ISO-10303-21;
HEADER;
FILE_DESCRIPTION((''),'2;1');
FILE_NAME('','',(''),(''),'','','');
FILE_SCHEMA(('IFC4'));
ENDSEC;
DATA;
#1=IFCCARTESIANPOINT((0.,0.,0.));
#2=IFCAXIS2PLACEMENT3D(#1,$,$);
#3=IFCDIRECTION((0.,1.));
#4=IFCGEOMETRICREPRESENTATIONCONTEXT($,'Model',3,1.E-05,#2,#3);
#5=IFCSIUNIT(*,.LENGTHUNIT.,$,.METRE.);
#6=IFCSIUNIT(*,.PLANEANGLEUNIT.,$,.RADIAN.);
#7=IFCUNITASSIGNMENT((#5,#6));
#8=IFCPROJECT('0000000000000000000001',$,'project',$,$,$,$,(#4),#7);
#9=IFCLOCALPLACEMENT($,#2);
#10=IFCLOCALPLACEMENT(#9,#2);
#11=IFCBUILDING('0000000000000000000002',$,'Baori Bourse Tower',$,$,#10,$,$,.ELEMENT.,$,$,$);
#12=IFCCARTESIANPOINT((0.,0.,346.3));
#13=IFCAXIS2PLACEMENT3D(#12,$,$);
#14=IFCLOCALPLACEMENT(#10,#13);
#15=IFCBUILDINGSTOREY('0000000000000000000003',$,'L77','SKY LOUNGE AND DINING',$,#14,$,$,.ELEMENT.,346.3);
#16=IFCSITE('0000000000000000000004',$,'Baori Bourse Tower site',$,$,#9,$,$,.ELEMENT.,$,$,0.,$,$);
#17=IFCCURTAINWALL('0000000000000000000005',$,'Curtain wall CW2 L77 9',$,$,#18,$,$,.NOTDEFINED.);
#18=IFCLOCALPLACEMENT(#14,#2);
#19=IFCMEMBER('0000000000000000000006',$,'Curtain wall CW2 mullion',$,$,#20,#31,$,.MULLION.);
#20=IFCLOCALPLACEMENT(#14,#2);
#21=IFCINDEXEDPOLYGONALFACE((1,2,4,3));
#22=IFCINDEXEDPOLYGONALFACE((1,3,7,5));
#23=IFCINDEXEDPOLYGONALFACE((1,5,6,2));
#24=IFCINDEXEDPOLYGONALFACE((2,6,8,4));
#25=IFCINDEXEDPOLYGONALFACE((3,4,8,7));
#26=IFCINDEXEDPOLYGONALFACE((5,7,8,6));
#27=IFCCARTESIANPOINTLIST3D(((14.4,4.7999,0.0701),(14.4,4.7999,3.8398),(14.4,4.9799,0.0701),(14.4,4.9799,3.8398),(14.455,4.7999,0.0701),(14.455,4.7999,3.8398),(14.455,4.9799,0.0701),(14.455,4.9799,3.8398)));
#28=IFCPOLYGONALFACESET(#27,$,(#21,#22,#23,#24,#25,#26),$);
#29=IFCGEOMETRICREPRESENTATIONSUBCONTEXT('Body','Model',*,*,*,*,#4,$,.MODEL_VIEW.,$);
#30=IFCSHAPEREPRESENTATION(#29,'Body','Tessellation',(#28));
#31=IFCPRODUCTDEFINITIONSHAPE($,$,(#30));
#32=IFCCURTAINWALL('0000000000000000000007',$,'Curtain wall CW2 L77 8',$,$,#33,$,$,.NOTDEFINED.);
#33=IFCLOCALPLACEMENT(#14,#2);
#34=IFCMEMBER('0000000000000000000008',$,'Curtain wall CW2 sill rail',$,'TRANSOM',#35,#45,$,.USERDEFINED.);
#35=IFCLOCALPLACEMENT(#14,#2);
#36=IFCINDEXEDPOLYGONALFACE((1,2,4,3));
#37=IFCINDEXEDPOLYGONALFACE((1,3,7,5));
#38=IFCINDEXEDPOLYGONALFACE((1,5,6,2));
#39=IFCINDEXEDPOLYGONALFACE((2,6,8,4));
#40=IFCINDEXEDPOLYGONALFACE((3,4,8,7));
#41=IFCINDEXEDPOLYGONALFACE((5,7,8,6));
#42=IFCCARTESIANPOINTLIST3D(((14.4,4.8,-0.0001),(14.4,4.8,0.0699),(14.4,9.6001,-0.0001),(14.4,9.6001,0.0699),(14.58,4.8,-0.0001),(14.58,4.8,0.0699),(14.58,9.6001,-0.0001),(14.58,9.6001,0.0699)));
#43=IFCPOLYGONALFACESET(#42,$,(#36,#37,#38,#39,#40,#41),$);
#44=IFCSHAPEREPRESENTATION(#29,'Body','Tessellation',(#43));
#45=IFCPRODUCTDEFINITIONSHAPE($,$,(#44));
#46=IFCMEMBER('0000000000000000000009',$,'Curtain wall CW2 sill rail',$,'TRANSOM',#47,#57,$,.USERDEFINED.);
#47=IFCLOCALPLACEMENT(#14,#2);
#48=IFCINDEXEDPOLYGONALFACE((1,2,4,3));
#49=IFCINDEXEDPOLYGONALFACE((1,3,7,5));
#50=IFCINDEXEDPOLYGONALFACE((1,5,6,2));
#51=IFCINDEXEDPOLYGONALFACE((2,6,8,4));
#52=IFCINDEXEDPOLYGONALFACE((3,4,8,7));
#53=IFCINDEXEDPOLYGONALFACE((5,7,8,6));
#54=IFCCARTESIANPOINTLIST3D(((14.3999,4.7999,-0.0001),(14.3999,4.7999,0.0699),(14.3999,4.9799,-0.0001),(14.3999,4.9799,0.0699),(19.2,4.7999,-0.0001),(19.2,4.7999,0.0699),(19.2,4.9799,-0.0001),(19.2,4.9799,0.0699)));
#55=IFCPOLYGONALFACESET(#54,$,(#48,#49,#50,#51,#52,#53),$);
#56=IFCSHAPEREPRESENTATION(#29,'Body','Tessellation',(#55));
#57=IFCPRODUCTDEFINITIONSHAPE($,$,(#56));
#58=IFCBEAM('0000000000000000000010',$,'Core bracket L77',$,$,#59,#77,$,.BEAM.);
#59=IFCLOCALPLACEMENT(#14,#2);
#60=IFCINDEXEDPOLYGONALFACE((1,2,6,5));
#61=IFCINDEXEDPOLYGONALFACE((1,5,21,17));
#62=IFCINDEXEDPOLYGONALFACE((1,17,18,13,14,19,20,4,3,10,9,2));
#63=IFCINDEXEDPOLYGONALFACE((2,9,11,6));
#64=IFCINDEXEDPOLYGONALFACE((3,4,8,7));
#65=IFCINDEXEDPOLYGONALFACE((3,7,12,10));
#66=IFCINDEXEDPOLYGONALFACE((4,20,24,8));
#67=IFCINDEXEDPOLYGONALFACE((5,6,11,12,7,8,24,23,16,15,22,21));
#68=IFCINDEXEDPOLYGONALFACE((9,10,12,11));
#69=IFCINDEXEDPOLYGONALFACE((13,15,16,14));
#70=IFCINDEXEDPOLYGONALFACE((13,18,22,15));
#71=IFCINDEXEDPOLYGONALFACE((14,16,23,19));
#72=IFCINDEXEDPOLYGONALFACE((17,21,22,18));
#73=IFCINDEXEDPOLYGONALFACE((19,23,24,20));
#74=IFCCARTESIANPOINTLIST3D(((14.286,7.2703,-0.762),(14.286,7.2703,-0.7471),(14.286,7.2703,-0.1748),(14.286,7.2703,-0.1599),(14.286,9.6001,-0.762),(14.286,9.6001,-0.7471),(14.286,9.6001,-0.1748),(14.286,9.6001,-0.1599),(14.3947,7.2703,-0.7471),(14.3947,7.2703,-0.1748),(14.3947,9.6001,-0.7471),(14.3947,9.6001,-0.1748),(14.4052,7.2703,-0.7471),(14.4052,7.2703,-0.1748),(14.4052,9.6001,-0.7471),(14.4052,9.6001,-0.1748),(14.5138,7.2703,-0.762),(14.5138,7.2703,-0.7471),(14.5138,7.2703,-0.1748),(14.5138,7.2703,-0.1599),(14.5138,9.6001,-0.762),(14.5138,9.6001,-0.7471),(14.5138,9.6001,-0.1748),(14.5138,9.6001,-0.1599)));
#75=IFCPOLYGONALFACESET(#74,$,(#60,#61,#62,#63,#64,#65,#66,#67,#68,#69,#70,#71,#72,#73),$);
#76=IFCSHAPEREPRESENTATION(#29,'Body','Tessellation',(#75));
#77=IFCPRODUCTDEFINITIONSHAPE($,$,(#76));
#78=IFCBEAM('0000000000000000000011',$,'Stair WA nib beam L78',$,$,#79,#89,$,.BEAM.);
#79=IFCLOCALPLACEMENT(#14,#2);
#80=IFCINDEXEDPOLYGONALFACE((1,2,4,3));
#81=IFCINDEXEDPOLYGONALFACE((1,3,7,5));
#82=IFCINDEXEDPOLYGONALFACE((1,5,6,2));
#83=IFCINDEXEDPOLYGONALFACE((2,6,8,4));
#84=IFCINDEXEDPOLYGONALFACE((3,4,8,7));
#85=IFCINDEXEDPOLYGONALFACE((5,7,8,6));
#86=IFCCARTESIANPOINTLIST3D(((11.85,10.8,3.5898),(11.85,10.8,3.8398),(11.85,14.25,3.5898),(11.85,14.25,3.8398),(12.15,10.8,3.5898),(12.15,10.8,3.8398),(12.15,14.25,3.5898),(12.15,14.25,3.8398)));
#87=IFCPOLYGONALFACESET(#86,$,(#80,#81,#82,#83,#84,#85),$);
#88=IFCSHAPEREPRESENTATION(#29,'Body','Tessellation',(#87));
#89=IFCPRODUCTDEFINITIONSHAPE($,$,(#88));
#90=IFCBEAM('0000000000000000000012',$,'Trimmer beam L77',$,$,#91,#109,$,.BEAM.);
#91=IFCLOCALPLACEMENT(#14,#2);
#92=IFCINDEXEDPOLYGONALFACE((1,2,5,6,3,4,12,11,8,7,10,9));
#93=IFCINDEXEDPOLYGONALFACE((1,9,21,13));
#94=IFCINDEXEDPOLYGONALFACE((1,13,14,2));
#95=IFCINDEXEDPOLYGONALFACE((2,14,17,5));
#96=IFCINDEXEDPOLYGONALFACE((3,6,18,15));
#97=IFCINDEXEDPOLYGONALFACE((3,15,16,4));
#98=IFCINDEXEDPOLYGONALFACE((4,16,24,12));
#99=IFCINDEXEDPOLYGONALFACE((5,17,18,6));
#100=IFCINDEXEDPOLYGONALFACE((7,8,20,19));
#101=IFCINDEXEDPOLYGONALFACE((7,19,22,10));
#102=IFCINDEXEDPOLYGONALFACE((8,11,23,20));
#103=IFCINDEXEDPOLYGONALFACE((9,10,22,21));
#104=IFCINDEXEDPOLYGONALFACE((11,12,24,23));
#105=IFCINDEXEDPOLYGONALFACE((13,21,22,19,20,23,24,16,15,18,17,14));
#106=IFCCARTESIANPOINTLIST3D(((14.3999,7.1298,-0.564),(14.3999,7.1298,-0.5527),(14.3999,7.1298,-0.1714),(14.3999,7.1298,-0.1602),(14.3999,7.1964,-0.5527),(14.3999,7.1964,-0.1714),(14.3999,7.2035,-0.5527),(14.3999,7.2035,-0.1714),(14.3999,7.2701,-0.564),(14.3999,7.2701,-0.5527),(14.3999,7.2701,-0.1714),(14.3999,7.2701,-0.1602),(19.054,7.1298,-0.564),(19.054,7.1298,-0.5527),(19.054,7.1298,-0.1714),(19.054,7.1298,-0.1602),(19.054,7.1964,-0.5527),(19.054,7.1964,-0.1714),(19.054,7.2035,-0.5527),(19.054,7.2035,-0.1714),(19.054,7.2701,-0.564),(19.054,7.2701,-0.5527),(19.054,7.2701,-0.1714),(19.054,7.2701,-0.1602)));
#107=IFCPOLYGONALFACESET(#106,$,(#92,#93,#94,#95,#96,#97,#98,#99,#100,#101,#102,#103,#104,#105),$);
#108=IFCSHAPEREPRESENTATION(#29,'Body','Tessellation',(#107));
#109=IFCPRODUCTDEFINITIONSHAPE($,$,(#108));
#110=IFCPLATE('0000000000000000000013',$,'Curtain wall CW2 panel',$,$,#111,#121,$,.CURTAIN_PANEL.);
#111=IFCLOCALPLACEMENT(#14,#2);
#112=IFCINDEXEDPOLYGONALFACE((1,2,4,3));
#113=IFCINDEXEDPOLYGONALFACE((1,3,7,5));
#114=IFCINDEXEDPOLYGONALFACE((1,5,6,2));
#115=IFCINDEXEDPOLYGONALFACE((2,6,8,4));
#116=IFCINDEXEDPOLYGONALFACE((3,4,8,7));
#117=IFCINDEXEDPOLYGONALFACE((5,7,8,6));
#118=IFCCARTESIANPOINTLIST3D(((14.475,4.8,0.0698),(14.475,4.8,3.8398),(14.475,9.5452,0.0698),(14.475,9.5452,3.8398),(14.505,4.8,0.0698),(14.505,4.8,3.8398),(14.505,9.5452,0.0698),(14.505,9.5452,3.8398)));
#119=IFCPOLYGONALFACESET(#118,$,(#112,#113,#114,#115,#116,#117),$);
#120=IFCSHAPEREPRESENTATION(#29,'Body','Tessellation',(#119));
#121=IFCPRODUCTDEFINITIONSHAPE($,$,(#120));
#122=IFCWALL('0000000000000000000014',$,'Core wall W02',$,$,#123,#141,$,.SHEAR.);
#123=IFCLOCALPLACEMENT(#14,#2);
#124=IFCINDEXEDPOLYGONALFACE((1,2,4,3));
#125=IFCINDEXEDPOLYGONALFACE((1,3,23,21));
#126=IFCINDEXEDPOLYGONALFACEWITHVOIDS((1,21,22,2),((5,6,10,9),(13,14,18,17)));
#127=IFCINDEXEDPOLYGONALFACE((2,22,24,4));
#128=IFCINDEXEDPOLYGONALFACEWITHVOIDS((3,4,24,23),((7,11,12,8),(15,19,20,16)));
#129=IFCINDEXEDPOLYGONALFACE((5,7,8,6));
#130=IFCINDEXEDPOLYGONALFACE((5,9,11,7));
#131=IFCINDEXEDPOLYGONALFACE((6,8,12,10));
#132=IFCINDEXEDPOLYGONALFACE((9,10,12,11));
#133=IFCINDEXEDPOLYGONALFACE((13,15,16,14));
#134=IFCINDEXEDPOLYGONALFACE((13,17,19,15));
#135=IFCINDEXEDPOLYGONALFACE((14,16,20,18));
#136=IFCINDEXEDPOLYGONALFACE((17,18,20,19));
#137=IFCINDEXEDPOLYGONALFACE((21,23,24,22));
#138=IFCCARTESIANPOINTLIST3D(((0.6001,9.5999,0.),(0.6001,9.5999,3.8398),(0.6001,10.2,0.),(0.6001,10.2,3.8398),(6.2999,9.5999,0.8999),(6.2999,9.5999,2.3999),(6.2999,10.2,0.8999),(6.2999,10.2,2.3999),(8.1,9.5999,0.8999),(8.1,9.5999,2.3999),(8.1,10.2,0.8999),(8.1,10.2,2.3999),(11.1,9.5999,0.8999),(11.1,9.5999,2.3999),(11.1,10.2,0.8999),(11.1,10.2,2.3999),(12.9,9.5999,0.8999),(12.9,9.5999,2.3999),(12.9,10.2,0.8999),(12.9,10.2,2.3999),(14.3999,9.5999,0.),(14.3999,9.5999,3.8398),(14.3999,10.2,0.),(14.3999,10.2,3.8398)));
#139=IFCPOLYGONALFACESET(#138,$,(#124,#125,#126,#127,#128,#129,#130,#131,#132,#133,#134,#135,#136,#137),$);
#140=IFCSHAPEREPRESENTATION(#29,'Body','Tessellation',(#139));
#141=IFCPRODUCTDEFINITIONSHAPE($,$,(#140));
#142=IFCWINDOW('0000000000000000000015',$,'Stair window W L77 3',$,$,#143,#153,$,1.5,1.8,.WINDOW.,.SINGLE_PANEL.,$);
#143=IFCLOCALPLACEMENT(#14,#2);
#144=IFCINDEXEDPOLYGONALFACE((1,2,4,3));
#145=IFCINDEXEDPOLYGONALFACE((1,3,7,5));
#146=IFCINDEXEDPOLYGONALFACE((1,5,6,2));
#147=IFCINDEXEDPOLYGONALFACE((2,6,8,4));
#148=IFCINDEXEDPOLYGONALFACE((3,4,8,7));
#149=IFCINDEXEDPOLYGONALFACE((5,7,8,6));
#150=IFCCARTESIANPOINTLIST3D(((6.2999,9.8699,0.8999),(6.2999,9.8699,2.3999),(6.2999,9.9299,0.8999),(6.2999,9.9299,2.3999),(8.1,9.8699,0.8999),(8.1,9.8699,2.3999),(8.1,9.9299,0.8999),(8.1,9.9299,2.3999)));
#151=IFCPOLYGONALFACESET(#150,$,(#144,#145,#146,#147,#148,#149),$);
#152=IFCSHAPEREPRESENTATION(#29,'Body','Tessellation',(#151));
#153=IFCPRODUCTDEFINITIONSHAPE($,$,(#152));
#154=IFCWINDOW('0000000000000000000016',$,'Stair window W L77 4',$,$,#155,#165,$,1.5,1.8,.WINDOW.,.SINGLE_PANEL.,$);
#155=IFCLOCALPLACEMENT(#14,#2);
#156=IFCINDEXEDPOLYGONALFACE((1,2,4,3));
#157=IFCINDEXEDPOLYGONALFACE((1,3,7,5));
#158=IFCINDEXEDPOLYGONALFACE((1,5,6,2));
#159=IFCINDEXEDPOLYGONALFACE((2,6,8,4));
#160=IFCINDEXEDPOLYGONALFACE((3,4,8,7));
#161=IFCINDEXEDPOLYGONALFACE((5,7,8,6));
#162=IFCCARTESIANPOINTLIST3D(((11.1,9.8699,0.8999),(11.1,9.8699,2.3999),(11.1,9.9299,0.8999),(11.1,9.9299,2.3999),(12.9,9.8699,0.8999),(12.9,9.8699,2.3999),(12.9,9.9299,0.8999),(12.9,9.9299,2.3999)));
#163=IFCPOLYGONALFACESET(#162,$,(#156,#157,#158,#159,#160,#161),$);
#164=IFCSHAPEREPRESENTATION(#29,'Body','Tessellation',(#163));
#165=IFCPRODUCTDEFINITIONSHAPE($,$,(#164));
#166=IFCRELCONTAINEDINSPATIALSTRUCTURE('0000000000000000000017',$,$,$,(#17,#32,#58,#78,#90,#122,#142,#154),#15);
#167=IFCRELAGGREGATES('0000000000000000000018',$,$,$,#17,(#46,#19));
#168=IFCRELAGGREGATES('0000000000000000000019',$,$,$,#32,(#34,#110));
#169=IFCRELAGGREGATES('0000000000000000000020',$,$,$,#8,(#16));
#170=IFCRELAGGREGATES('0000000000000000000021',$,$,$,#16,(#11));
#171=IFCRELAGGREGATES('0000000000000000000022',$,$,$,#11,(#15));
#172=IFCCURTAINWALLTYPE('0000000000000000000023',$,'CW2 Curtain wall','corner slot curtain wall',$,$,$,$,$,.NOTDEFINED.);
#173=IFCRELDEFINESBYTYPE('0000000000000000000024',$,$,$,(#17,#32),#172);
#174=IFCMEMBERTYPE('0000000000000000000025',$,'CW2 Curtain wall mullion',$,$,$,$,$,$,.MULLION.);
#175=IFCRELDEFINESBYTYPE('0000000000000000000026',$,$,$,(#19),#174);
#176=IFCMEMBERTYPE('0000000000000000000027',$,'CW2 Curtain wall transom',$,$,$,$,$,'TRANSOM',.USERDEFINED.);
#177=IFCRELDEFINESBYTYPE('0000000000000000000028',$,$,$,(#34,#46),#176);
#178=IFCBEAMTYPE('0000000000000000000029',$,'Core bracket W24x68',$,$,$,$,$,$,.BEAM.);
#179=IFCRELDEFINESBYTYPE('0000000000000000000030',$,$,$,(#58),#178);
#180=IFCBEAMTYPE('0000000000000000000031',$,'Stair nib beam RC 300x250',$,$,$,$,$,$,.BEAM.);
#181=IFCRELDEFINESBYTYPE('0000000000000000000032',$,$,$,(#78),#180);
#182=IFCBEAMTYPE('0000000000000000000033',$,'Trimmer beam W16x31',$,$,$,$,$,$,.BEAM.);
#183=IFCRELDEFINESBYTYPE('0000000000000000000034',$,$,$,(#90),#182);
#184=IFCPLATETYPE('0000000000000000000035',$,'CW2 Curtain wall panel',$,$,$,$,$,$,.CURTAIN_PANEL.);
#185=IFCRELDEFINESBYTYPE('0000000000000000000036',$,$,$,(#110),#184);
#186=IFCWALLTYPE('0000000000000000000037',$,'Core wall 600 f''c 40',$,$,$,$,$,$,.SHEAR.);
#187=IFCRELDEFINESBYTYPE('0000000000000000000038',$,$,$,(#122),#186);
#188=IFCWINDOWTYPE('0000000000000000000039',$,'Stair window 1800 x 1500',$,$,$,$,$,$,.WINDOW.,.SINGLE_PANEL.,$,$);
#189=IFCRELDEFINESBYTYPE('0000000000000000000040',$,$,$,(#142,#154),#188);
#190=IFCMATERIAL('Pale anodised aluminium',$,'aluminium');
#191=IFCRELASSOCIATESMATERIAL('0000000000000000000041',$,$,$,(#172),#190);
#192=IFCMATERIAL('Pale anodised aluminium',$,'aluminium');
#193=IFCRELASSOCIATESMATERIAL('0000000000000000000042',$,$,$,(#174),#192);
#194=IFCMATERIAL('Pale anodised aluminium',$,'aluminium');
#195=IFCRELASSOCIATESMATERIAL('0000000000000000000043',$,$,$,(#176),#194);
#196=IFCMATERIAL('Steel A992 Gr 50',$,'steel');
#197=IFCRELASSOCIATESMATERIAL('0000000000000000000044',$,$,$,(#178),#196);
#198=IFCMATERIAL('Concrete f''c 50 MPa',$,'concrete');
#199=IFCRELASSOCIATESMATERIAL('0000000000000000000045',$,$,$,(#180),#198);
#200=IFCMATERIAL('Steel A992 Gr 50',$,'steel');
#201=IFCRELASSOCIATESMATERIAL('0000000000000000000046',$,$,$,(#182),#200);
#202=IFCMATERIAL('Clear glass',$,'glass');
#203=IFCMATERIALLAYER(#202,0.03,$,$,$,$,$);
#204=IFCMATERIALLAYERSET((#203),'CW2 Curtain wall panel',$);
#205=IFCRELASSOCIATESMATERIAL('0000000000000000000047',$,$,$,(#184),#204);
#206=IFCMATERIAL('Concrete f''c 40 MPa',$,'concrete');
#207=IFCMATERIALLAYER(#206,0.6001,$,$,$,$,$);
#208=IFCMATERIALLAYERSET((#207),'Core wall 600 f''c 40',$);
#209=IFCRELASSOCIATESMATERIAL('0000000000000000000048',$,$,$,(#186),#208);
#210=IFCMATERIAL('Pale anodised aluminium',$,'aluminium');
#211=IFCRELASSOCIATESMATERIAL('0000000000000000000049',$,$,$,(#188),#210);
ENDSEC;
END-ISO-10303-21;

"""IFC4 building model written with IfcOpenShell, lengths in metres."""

from ifc_helpers import new_model, si_unit, direction, frame, frame_2d, origin, origin_2d, place, context, subcontext, project, spatial, rectangle, i_section, extrude, material, layer, layer_set, material_profile, profile_set, type_object, element, fill, aggregate, save


model = new_model("IFC4")

# Units and contexts
model_context = context("Model", 3, precision=1e-05, world=origin(), true_north=direction((0.0, 1.0)))
body_context = subcontext(model_context, "Body", "Model", "MODEL_VIEW")
ifc_project = project(units=[si_unit("LENGTHUNIT", "METRE"), si_unit("PLANEANGLEUNIT", "RADIAN")], contexts=[model_context])

# Site, building, storey
site_placement = place(None, origin())
site = spatial("IfcSite", under=ifc_project, at=site_placement, Name="Baori Bourse Tower site", CompositionType="ELEMENT", RefElevation=0.0)
building_placement = place(site_placement, origin())
building = spatial("IfcBuilding", under=site, at=building_placement, Name="Baori Bourse Tower", CompositionType="ELEMENT")
storey_placement = place(building_placement, frame((0.0, 0.0, 346.3)))
storey = spatial("IfcBuildingStorey", under=building, at=storey_placement, Name="L77", Description="SKY LOUNGE AND DINING", CompositionType="ELEMENT", Elevation=346.3)

# Curtain walls, members
ifc_material_1 = material(Name="Pale anodised aluminium", Category="aluminium")
curtain_wall_type = type_object("IfcCurtainWallType", Name="CW2 Curtain wall", Description="corner slot curtain wall", PredefinedType="NOTDEFINED", material=ifc_material_1)
curtain_wall_1_placement = place(storey_placement, origin())
curtain_wall_1 = element("IfcCurtainWall", 1, at=curtain_wall_1_placement, inside=storey, type_object=curtain_wall_type, Name="Curtain wall CW2 L77 9", PredefinedType="NOTDEFINED")
ifc_material_2 = material(Name="Pale anodised aluminium", Category="aluminium")
ifc_material_profile_1 = material_profile(ifc_material_2, rectangle(XDim=0.1799, YDim=0.0549, at=origin_2d()), Name="Mullion 55x180")
ifc_profile_set_1 = profile_set([ifc_material_profile_1], Name="Pale anodised aluminium")
member_type_1 = type_object("IfcMemberType", Name="CW2 Curtain wall mullion", PredefinedType="MULLION", material=ifc_profile_set_1)
member_1_placement = place(storey_placement, frame((14.4275, 4.8899, 0.0701), z_axis=(0.0, 0.0, 1.0), x_axis=(0.0, 1.0, 0.0)))
member_1 = element("IfcMember", 2, at=member_1_placement, type_object=member_type_1, Name="Curtain wall CW2 mullion", PredefinedType="MULLION", context=body_context, shape_type="SweptSolid", body=[
    extrude(rectangle(XDim=0.1799, YDim=0.0549, at=origin_2d()), origin(), (0.0, 0.0, 1.0), 3.7698),
])
curtain_wall_2_placement = place(storey_placement, origin())
curtain_wall_2 = element("IfcCurtainWall", 3, at=curtain_wall_2_placement, inside=storey, type_object=curtain_wall_type, Name="Curtain wall CW2 L77 8", PredefinedType="NOTDEFINED")
ifc_material_3 = material(Name="Pale anodised aluminium", Category="aluminium")
ifc_material_profile_2 = material_profile(ifc_material_3, rectangle(XDim=0.1799, YDim=0.0701, at=origin_2d()), Name="Transom 70x180")
ifc_profile_set_2 = profile_set([ifc_material_profile_2], Name="Pale anodised aluminium")
member_type_2 = type_object("IfcMemberType", Name="CW2 Curtain wall transom", ElementType="TRANSOM", PredefinedType="USERDEFINED", material=ifc_profile_set_2)
member_2_placement = place(storey_placement, frame((14.49, 9.6001, 0.0349), z_axis=(0.0, -1.0, 0.0), x_axis=(1.0, 0.0, 0.0)))
member_2 = element("IfcMember", 4, at=member_2_placement, type_object=member_type_2, Name="Curtain wall CW2 sill rail", ObjectType="TRANSOM", PredefinedType="USERDEFINED", context=body_context, shape_type="SweptSolid", body=[
    extrude(rectangle(XDim=0.1799, YDim=0.0701, at=origin_2d()), origin(), (0.0, 0.0, 1.0), 4.8),
])

# Member
member_3_placement = place(storey_placement, frame((14.3999, 4.8899, 0.0349), z_axis=(1.0, 0.0, 0.0), x_axis=(0.0, 1.0, 0.0)))
member_3 = element("IfcMember", 5, at=member_3_placement, type_object=member_type_2, Name="Curtain wall CW2 sill rail", ObjectType="TRANSOM", PredefinedType="USERDEFINED", context=body_context, shape_type="SweptSolid", body=[
    extrude(rectangle(XDim=0.1799, YDim=0.0701, at=origin_2d()), origin(), (0.0, 0.0, 1.0), 4.8),
])
aggregate(curtain_wall_1, [member_3, member_1])

# Beams
ifc_material_4 = material(Name="Steel A992 Gr 50", Category="steel")
ifc_material_profile_3 = material_profile(ifc_material_4, i_section(OverallWidth=0.2278, OverallDepth=0.6021, WebThickness=0.0105, FlangeThickness=0.0149, at=origin_2d()), Name="W24x68")
ifc_profile_set_3 = profile_set([ifc_material_profile_3], Name="Steel A992 Gr 50")
beam_type_1 = type_object("IfcBeamType", Name="Core bracket W24x68", PredefinedType="BEAM", material=ifc_profile_set_3)
beam_1_placement = place(storey_placement, frame((14.3999, 7.2703, -0.4609), z_axis=(0.0, 1.0, 0.0), x_axis=(-1.0, 0.0, 0.0)))
element("IfcBeam", 6, at=beam_1_placement, inside=storey, type_object=beam_type_1, Name="Core bracket L77", PredefinedType="BEAM", context=body_context, shape_type="SweptSolid", body=[
    extrude(i_section(OverallWidth=0.2278, OverallDepth=0.6021, WebThickness=0.0105, FlangeThickness=0.0149, at=origin_2d()), origin(), (0.0, 0.0, 1.0), 2.3298),
])
ifc_material_5 = material(Name="Concrete f'c 50 MPa", Category="concrete")
ifc_material_profile_4 = material_profile(ifc_material_5, rectangle(XDim=0.3, YDim=0.25, at=origin_2d()), Name="RC 300x250")
ifc_profile_set_4 = profile_set([ifc_material_profile_4], Name="Concrete f'c 50 MPa")
beam_type_2 = type_object("IfcBeamType", Name="Stair nib beam RC 300x250", PredefinedType="BEAM", material=ifc_profile_set_4)
beam_2_placement = place(storey_placement, frame((12.0, 10.8, 3.7148), z_axis=(0.0, 1.0, 0.0), x_axis=(-1.0, 0.0, 0.0)))
element("IfcBeam", 7, at=beam_2_placement, inside=storey, type_object=beam_type_2, Name="Stair WA nib beam L78", PredefinedType="BEAM", context=body_context, shape_type="SweptSolid", body=[
    extrude(rectangle(XDim=0.3, YDim=0.25, at=origin_2d()), origin(), (0.0, 0.0, 1.0), 3.45),
])
ifc_material_6 = material(Name="Steel A992 Gr 50", Category="steel")
ifc_material_profile_5 = material_profile(ifc_material_6, i_section(OverallWidth=0.1404, OverallDepth=0.4038, WebThickness=0.0071, FlangeThickness=0.0112, at=origin_2d()), Name="W16x31")
ifc_profile_set_5 = profile_set([ifc_material_profile_5], Name="Steel A992 Gr 50")
beam_type_3 = type_object("IfcBeamType", Name="Trimmer beam W16x31", PredefinedType="BEAM", material=ifc_profile_set_5)
beam_3_placement = place(storey_placement, frame((14.3999, 7.2, -0.3621), z_axis=(1.0, 0.0, 0.0), x_axis=(0.0, 1.0, 0.0)))
element("IfcBeam", 8, at=beam_3_placement, inside=storey, type_object=beam_type_3, Name="Trimmer beam L77", PredefinedType="BEAM", context=body_context, shape_type="SweptSolid", body=[
    extrude(i_section(OverallWidth=0.1404, OverallDepth=0.4038, WebThickness=0.0071, FlangeThickness=0.0112, at=origin_2d()), origin(), (0.0, 0.0, 1.0), 4.6541),
])

# Plate
ifc_material_7 = material(Name="Clear glass", Category="glass")
ifc_layer_1 = layer(ifc_material_7, 0.03)
ifc_layer_set_1 = layer_set([ifc_layer_1], Name="CW2 Curtain wall panel")
plate_type = type_object("IfcPlateType", Name="CW2 Curtain wall panel", PredefinedType="CURTAIN_PANEL", material=ifc_layer_set_1)
plate_placement = place(storey_placement, frame((14.49, 7.1726, 0.0698), z_axis=(0.0, 0.0, 1.0), x_axis=(0.0, -1.0, 0.0)))
plate = element("IfcPlate", 9, at=plate_placement, type_object=plate_type, Name="Curtain wall CW2 panel", PredefinedType="CURTAIN_PANEL", context=body_context, shape_type="SweptSolid", body=[
    extrude(rectangle(XDim=4.7451, YDim=0.03, at=origin_2d()), origin(), (0.0, 0.0, 1.0), 3.77),
])
aggregate(curtain_wall_2, [member_2, plate])

# Wall, openings, windows
ifc_material_8 = material(Name="Concrete f'c 40 MPa", Category="concrete")
ifc_layer_2 = layer(ifc_material_8, 0.6001)
ifc_layer_set_2 = layer_set([ifc_layer_2], Name="Core wall 600 f'c 40")
wall_type_1 = type_object("IfcWallType", Name="Core wall 600 f'c 40", PredefinedType="SHEAR", material=ifc_layer_set_2)
wall_1_placement = place(storey_placement, frame((14.3999, 9.8999, 0.0), z_axis=(0.0, 0.0, 1.0), x_axis=(-1.0, 0.0, 0.0)))
wall_1 = element("IfcWall", 10, at=wall_1_placement, inside=storey, type_object=wall_type_1, Name="Core wall W02", PredefinedType="SHEAR", context=body_context, shape_type="SweptSolid", body=[
    extrude(rectangle(XDim=13.7998, YDim=0.6001, at=frame_2d((6.8999, 0.0))), origin(), (0.0, 0.0, 1.0), 3.8398),
])
opening_1_placement = place(wall_1_placement, frame((6.3, 0.0, 0.8999)))
opening_1 = element("IfcOpeningElement", 11, at=opening_1_placement, cuts=wall_1, PredefinedType="OPENING", context=body_context, shape_type="SweptSolid", body=[
    extrude(rectangle(XDim=1.8, YDim=1.5, at=frame_2d((0.8999, 0.75))), frame((0.0, 0.3101, 0.0), z_axis=(0.0, -1.0, 0.0), x_axis=(1.0, 0.0, 0.0)), (0.0, 0.0, 1.0), 0.6201),
])
opening_2_placement = place(wall_1_placement, frame((1.5, 0.0, 0.8999)))
opening_2 = element("IfcOpeningElement", 12, at=opening_2_placement, cuts=wall_1, PredefinedType="OPENING", context=body_context, shape_type="SweptSolid", body=[
    extrude(rectangle(XDim=1.8, YDim=1.5, at=frame_2d((0.8999, 0.75))), frame((0.0, 0.3101, 0.0), z_axis=(0.0, -1.0, 0.0), x_axis=(1.0, 0.0, 0.0)), (0.0, 0.0, 1.0), 0.6201),
])
ifc_material_9 = material(Name="Pale anodised aluminium", Category="aluminium")
window_type = type_object("IfcWindowType", Name="Stair window 1800 x 1500", PartitioningType="SINGLE_PANEL", PredefinedType="WINDOW", material=ifc_material_9)
window_1_placement = place(opening_1_placement, origin())
window_1 = element("IfcWindow", 13, at=window_1_placement, inside=storey, type_object=window_type, Name="Stair window W L77 3", OverallHeight=1.5, OverallWidth=1.8, PartitioningType="SINGLE_PANEL", PredefinedType="WINDOW", context=body_context, shape_type="SweptSolid", body=[
    extrude(rectangle(XDim=1.8, YDim=1.5, at=frame_2d((0.8999, 0.75))), frame((0.0, 0.03, 0.0), z_axis=(0.0, -1.0, 0.0), x_axis=(1.0, 0.0, 0.0)), (0.0, 0.0, 1.0), 0.0601),
])
fill(opening_1, window_1)
window_2_placement = place(opening_2_placement, origin())
window_2 = element("IfcWindow", 14, at=window_2_placement, inside=storey, type_object=window_type, Name="Stair window W L77 4", OverallHeight=1.5, OverallWidth=1.8, PartitioningType="SINGLE_PANEL", PredefinedType="WINDOW", context=body_context, shape_type="SweptSolid", body=[
    extrude(rectangle(XDim=1.8, YDim=1.5, at=frame_2d((0.8999, 0.75))), frame((0.0, 0.03, 0.0), z_axis=(0.0, -1.0, 0.0), x_axis=(1.0, 0.0, 0.0)), (0.0, 0.0, 1.0), 0.0601),
])
fill(opening_2, window_2)

save(model, "model.ifc")
